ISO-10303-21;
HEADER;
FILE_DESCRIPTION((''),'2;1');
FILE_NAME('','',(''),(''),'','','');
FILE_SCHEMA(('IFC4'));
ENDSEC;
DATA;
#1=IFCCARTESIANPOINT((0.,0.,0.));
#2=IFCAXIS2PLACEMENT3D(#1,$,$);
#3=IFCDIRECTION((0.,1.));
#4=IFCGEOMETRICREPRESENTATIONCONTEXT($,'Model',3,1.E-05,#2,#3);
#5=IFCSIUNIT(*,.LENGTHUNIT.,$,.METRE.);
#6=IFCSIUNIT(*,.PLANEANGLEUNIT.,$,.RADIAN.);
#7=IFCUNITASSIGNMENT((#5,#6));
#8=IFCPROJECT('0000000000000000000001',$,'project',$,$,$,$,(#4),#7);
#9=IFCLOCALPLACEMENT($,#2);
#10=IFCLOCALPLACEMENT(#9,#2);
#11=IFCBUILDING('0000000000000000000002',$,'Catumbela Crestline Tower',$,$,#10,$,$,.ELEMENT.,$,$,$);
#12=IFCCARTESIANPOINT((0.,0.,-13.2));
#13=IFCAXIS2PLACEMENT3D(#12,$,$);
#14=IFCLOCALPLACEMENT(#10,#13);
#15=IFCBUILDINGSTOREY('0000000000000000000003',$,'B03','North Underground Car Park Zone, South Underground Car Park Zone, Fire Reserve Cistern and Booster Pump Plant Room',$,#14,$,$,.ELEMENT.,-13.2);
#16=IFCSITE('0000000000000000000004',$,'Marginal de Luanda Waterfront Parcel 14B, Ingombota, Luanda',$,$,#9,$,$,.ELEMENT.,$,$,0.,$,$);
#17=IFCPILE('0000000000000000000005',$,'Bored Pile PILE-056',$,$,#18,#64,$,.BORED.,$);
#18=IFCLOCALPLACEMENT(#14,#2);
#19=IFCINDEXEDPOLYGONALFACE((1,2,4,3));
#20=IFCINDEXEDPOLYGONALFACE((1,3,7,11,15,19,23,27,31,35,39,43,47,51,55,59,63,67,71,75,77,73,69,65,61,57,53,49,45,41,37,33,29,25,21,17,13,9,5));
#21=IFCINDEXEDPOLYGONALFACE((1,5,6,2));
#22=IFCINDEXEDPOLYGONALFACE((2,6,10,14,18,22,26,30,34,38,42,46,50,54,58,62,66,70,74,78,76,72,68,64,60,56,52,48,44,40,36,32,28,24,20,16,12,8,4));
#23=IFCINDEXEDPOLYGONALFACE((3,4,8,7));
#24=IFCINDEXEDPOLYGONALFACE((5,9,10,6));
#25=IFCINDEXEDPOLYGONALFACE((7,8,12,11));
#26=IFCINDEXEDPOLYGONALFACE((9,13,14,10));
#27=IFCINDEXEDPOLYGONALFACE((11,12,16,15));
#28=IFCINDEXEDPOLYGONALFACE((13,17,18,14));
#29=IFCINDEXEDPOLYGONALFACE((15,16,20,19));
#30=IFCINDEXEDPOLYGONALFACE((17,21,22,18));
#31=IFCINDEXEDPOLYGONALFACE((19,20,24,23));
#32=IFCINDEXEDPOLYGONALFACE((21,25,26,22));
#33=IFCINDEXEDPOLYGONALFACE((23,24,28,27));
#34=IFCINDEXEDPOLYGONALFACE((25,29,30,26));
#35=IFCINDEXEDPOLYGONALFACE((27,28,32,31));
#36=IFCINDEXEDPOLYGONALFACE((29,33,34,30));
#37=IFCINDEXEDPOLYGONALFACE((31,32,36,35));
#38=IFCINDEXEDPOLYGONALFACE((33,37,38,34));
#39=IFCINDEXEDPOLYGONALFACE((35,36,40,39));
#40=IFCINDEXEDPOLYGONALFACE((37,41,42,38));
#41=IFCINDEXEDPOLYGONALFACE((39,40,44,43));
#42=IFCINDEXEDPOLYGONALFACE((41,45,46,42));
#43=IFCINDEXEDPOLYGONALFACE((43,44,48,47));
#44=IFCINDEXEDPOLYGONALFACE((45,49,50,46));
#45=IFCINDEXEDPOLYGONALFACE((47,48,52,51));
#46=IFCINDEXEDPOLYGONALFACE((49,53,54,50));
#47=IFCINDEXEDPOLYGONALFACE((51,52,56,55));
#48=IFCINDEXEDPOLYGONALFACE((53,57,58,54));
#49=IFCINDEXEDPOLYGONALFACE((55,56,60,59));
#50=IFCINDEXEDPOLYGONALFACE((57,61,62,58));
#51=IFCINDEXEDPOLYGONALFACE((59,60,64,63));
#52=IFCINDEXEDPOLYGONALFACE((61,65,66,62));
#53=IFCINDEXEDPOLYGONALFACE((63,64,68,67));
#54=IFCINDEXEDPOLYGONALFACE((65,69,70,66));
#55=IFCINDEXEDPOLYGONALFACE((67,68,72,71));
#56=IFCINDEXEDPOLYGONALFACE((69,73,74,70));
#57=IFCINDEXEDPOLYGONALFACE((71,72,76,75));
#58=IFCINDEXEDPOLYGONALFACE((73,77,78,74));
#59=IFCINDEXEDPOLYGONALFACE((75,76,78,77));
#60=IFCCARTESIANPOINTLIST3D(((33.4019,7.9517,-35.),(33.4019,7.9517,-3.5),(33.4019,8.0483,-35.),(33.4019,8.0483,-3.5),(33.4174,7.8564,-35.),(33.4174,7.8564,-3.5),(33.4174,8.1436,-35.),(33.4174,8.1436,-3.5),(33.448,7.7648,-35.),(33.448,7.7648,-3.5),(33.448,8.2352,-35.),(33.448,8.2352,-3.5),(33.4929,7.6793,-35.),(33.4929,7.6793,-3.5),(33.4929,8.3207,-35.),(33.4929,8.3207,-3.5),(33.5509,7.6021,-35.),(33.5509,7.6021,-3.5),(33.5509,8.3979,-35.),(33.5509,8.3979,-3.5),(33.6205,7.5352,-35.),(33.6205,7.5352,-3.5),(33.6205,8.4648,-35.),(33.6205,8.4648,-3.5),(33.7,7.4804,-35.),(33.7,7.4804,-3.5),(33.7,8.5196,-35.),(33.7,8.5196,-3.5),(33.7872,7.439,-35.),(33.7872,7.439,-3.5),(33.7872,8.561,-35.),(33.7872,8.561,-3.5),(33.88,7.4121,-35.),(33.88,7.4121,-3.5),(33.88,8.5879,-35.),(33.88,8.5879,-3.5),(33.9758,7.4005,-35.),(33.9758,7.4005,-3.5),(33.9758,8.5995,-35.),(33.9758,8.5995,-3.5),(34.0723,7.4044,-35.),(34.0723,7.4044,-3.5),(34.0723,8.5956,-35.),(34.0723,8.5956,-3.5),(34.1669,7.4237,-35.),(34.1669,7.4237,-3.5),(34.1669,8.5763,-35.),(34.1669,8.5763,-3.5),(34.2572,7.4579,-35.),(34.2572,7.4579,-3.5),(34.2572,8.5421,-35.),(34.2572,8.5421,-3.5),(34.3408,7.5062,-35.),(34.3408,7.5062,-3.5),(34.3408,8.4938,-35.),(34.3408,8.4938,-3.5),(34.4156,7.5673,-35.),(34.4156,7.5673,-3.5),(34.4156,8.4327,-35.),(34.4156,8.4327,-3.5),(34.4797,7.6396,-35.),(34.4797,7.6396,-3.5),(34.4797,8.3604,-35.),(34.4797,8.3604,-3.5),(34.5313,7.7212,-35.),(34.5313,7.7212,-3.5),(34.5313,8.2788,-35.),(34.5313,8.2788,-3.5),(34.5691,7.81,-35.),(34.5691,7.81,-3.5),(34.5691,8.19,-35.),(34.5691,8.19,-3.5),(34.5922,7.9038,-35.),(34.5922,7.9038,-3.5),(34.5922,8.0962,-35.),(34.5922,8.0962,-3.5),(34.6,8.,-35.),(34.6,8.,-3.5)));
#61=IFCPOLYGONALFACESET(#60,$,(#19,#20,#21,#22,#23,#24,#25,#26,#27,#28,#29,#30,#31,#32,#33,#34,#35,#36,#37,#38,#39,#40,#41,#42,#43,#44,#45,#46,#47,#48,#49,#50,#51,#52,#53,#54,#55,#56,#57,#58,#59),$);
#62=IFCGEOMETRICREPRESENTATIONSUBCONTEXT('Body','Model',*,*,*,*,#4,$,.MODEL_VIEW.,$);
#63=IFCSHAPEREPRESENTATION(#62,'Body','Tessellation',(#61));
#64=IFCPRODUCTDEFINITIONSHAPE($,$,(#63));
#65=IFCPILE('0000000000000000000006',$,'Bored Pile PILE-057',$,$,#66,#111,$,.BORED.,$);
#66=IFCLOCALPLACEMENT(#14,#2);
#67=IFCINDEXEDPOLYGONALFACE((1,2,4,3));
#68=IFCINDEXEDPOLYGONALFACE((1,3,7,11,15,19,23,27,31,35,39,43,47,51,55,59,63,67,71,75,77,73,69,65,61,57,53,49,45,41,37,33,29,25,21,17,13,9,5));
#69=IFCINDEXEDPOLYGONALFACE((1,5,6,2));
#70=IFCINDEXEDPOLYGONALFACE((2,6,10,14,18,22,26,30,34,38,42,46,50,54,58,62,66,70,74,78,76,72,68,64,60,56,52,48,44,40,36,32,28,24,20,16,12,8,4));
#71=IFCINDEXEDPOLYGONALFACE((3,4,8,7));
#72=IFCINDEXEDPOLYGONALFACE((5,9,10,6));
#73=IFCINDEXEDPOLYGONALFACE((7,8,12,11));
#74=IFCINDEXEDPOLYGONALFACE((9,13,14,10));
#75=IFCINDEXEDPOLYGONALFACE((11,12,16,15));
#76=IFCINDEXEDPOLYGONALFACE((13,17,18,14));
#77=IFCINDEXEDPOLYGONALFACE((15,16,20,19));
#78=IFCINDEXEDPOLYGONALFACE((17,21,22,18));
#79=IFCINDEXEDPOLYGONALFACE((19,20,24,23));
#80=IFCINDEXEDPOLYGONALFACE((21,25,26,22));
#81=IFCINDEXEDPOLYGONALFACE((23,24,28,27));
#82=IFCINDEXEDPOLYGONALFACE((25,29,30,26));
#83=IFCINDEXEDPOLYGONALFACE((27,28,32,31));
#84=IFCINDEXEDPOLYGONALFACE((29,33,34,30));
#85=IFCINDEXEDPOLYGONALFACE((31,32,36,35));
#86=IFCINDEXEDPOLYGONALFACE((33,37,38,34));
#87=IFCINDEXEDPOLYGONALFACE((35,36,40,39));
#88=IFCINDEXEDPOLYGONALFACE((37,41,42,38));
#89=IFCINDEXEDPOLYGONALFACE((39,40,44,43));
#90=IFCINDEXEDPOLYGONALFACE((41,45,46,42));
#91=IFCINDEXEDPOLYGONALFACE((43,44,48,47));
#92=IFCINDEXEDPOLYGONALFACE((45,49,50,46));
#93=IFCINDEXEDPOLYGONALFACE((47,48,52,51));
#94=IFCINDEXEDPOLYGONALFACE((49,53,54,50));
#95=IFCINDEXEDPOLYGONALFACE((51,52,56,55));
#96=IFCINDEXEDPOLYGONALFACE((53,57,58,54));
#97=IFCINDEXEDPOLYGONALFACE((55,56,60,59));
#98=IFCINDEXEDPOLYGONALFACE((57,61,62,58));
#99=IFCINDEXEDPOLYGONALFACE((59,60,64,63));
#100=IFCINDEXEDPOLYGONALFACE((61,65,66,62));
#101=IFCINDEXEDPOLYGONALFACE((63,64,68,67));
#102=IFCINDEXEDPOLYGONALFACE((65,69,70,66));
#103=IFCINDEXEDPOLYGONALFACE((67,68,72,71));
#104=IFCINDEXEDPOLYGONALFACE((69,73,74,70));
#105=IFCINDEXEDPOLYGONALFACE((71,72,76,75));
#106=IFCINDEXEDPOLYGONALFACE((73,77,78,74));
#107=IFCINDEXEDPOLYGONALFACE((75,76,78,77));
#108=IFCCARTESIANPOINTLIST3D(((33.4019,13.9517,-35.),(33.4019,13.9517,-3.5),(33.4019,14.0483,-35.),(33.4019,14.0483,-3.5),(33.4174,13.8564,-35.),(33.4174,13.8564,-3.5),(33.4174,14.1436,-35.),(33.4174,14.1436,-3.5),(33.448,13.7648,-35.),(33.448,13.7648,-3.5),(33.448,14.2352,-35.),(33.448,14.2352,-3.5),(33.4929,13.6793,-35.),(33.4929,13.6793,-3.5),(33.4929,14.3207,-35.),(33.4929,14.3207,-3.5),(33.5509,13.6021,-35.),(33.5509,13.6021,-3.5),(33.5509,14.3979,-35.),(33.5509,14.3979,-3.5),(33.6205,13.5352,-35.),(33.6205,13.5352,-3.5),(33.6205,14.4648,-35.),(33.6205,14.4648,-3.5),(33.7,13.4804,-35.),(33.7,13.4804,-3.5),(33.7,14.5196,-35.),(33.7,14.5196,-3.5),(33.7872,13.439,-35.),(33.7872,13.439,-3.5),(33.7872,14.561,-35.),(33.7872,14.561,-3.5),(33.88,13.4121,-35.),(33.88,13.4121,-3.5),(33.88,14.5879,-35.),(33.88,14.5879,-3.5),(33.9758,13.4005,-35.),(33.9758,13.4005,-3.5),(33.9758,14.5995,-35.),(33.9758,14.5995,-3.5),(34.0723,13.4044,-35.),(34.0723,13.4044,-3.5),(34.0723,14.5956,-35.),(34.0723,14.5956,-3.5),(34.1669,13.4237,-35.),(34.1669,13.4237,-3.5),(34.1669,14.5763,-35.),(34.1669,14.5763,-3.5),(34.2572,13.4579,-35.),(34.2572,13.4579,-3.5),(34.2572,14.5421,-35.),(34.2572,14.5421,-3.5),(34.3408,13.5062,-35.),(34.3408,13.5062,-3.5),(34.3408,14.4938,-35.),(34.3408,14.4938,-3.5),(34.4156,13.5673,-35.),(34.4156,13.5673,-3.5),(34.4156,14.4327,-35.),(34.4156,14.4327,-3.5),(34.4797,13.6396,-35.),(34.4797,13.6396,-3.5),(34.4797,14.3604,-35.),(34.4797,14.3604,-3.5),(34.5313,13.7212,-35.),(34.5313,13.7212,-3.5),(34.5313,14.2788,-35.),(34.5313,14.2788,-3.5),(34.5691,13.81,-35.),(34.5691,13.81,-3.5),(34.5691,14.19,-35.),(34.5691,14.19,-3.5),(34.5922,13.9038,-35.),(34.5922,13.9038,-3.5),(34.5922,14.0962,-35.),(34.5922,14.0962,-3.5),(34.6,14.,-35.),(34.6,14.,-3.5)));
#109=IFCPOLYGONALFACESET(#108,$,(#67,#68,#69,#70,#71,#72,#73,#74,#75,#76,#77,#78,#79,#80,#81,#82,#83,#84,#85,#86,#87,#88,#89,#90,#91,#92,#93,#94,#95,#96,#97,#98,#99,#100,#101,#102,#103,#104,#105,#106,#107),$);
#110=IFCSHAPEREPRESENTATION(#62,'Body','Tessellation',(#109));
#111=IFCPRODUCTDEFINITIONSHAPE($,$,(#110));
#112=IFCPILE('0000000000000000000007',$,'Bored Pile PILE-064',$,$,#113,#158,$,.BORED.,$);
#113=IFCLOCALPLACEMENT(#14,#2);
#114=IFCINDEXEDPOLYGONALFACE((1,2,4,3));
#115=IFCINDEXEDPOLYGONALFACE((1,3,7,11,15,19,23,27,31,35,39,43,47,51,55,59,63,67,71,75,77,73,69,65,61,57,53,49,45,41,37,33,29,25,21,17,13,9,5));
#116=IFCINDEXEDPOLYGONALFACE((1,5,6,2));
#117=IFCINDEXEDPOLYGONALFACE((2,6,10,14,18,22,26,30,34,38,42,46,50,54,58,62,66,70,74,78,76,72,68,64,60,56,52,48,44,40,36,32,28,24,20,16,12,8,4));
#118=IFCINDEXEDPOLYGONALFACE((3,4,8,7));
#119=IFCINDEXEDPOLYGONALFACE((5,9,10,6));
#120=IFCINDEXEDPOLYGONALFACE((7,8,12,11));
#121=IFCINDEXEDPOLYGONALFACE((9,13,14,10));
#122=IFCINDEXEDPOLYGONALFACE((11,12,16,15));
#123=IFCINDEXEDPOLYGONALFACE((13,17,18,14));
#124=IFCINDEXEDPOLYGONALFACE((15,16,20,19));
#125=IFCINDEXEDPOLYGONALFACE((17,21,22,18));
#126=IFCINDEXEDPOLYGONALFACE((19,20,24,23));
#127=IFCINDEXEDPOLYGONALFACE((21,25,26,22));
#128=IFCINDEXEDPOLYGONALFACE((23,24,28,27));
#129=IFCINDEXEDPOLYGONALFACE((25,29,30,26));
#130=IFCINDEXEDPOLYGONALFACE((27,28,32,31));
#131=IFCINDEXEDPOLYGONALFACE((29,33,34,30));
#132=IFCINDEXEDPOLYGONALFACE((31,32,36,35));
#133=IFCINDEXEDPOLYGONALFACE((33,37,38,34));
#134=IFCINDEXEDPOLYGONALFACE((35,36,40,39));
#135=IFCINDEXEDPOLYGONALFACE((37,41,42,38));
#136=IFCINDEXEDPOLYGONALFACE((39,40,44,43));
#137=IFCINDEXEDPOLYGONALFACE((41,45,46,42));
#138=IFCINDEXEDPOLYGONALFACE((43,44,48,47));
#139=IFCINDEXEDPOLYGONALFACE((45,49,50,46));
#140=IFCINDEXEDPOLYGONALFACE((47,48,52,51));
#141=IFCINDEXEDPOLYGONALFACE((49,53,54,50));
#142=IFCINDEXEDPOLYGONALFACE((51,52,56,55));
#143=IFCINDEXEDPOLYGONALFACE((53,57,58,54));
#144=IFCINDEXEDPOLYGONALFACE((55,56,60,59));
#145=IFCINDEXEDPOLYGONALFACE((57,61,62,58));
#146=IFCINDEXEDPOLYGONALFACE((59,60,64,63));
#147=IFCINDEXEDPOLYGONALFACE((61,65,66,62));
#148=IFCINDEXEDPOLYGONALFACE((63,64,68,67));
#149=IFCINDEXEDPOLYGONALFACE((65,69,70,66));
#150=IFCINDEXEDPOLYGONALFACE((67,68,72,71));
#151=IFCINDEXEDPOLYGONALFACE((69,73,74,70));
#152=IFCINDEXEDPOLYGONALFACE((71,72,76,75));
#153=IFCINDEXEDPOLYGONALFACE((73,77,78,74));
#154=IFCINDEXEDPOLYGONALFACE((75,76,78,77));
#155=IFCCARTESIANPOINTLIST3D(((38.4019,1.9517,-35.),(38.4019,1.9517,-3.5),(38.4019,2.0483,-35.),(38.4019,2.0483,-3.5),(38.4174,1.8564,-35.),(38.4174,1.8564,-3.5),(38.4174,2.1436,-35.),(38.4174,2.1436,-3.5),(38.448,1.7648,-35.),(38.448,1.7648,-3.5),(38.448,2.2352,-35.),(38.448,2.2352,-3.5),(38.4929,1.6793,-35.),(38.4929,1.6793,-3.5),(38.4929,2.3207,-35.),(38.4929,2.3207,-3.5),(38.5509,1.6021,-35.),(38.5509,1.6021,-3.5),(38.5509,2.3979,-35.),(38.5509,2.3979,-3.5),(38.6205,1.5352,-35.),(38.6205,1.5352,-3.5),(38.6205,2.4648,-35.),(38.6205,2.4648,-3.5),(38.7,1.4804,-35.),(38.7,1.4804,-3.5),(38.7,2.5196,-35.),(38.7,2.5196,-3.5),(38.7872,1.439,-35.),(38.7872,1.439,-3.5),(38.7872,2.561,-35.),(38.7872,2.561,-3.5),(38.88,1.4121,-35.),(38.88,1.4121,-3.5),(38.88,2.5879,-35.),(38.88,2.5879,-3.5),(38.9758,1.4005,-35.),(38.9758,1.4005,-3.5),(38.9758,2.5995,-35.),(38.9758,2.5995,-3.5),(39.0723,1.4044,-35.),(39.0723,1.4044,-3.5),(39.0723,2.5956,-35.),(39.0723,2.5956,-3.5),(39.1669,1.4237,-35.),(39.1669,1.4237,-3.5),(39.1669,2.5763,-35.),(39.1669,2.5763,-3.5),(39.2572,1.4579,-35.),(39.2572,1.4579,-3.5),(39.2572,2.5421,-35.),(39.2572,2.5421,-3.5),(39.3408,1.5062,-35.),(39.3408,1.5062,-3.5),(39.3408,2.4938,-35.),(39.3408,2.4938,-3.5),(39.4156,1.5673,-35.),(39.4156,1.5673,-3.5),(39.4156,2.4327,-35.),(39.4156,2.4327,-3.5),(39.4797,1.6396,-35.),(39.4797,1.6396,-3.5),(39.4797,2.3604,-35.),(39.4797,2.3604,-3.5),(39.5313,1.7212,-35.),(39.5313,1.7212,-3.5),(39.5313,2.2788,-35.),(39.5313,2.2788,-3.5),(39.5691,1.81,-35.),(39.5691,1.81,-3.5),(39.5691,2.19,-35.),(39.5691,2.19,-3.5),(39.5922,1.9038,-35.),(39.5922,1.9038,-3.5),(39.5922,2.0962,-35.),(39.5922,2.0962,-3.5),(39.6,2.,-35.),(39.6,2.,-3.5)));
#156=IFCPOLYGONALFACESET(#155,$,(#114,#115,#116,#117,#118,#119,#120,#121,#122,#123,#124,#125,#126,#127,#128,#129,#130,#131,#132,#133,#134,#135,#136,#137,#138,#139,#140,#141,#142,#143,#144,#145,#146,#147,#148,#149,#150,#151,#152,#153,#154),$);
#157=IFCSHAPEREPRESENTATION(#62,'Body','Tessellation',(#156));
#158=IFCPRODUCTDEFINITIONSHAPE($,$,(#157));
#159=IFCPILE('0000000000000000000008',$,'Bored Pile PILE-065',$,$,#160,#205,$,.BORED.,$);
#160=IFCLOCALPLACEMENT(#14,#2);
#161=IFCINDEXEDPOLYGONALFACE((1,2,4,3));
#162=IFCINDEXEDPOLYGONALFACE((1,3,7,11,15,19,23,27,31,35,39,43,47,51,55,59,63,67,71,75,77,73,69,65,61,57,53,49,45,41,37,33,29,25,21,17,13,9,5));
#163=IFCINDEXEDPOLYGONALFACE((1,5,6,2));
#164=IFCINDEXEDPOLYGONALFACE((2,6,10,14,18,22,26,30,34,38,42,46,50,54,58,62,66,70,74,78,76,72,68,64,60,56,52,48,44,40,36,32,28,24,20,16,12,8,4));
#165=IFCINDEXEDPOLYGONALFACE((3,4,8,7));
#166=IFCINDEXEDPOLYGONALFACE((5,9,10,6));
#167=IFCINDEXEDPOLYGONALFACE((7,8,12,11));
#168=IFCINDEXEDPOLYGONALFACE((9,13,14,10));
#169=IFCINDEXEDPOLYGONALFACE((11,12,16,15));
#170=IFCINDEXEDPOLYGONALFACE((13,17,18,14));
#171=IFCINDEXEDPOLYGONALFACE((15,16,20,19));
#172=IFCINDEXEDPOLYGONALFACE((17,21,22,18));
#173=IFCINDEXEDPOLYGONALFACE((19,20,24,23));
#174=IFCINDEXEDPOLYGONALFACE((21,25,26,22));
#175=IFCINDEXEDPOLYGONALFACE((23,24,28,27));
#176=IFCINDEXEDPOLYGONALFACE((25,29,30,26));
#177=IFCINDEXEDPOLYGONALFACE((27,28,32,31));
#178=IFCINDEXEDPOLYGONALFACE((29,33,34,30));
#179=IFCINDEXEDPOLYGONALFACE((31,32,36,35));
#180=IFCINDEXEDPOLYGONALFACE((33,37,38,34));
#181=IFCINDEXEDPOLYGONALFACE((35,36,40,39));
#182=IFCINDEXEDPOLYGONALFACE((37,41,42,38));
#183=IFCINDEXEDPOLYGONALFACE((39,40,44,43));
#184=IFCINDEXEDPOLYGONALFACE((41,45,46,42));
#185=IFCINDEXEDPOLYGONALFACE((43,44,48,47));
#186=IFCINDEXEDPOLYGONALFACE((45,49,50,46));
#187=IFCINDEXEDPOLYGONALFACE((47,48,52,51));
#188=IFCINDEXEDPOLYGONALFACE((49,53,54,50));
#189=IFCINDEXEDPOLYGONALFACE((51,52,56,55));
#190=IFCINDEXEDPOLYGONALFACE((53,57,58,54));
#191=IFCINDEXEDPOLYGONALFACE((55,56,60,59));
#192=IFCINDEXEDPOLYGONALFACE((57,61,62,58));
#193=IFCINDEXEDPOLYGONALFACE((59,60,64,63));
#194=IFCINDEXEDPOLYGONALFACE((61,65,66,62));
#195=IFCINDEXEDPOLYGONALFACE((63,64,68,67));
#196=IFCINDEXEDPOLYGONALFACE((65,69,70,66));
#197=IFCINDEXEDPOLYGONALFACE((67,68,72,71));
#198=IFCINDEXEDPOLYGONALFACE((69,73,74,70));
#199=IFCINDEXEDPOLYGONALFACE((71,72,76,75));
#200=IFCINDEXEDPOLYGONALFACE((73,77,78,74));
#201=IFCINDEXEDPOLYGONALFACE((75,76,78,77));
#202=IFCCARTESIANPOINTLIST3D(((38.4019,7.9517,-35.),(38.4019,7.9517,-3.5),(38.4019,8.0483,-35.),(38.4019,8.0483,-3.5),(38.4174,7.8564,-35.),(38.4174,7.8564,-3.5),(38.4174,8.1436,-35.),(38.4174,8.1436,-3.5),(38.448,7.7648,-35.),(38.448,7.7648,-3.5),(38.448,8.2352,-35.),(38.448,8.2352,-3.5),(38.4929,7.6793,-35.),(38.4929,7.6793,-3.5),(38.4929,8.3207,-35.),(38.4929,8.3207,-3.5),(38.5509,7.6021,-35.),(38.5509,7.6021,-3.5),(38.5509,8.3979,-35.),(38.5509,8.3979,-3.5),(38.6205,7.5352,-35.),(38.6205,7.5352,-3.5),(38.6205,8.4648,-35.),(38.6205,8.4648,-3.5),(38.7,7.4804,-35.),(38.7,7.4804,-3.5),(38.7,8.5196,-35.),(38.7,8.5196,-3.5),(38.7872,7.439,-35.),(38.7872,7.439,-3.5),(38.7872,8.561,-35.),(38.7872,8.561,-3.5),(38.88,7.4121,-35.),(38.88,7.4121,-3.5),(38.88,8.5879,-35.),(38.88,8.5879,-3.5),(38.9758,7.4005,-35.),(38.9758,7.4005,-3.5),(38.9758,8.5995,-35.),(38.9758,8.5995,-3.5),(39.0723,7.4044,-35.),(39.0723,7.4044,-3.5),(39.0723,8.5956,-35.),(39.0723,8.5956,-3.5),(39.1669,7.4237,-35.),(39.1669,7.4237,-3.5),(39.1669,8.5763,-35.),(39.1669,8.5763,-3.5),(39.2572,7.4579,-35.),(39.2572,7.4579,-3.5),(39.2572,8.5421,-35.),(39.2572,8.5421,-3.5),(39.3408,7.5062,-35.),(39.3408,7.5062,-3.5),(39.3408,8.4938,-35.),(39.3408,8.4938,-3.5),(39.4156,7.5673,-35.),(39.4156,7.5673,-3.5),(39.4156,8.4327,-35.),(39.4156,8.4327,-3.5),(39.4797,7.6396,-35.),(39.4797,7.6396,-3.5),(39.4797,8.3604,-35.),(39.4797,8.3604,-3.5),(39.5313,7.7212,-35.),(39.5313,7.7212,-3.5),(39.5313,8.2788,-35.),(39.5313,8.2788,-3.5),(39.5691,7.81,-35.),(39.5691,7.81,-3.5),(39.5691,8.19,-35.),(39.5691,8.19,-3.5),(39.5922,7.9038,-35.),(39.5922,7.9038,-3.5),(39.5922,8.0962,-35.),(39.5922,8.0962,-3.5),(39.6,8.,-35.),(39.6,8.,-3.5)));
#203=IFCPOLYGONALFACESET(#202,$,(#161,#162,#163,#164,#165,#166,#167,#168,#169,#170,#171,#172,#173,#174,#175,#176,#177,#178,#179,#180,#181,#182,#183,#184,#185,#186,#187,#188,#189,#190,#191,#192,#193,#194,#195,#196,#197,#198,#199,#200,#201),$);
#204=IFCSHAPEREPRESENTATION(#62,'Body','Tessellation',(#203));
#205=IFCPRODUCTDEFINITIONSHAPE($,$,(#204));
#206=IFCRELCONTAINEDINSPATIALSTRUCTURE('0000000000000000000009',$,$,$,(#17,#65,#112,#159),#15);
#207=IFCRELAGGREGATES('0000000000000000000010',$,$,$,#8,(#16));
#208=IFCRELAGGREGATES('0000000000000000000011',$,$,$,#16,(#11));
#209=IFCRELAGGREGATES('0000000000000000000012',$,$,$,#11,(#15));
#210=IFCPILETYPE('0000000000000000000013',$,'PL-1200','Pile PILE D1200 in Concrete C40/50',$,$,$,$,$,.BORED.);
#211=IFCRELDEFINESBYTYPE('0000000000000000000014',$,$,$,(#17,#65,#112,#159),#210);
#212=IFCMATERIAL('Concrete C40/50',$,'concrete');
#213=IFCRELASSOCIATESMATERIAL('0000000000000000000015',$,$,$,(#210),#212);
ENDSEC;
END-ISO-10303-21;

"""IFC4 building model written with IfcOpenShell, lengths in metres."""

from ifc_helpers import new_model, si_unit, direction, frame, origin, origin_2d, place, context, subcontext, project, spatial, circle, extrude, material, material_profile, profile_set, type_object, element, save


model = new_model("IFC4")

# Units and contexts
model_context = context("Model", 3, precision=1e-05, world=origin(), true_north=direction((0.0, 1.0)))
body_context = subcontext(model_context, "Body", "Model", "MODEL_VIEW")
ifc_project = project(units=[si_unit("LENGTHUNIT", "METRE"), si_unit("PLANEANGLEUNIT", "RADIAN")], contexts=[model_context])

# Site, building, storey
site_placement = place(None, origin())
site = spatial("IfcSite", under=ifc_project, at=site_placement, Name="Marginal de Luanda Waterfront Parcel 14B, Ingombota, Luanda", CompositionType="ELEMENT", RefElevation=0.0)
building_placement = place(site_placement, origin())
building = spatial("IfcBuilding", under=site, at=building_placement, Name="Catumbela Crestline Tower", CompositionType="ELEMENT")
storey_placement = place(building_placement, frame((0.0, 0.0, -13.2)))
storey = spatial("IfcBuildingStorey", under=building, at=storey_placement, Name="B03", Description="North Underground Car Park Zone, South Underground Car Park Zone, Fire Reserve Cistern and Booster Pump Plant Room", CompositionType="ELEMENT", Elevation=-13.2)

# Piles
ifc_material_1 = material(Name="Concrete C40/50", Category="concrete")
ifc_material_profile_1 = material_profile(ifc_material_1, circle(Radius=0.6, at=origin_2d()), Name="PILE D1200")
ifc_profile_set_1 = profile_set([ifc_material_profile_1], Name="Concrete C40/50")
pile_type = type_object("IfcPileType", Name="PL-1200", Description="Pile PILE D1200 in Concrete C40/50", PredefinedType="BORED", material=ifc_profile_set_1)
for number, where, z_axis, x_axis, name in (
    (1, (34.0, 8.0, -3.5), (0.0, 0.0, -1.0), (1.0, 0.0, 0.0), "Bored Pile PILE-056"),
    (2, (34.0, 14.0, -3.5), (0.0, 0.0, -1.0), (1.0, 0.0, 0.0), "Bored Pile PILE-057"),
    (3, (39.0, 2.0, -3.5), (0.0, 0.0, -1.0), (1.0, 0.0, 0.0), "Bored Pile PILE-064"),
    (4, (39.0, 8.0, -3.5), (0.0, 0.0, -1.0), (1.0, 0.0, 0.0), "Bored Pile PILE-065"),
):
    element("IfcPile", number, at=place(storey_placement, frame(where, z_axis=z_axis, x_axis=x_axis)), inside=storey, type_object=pile_type, Name=name, PredefinedType="BORED", context=body_context, shape_type="SweptSolid", body=[
        extrude(circle(Radius=0.6, at=origin_2d()), origin(), (0.0, 0.0, 1.0), 31.5),
    ])

save(model, "model.ifc")
